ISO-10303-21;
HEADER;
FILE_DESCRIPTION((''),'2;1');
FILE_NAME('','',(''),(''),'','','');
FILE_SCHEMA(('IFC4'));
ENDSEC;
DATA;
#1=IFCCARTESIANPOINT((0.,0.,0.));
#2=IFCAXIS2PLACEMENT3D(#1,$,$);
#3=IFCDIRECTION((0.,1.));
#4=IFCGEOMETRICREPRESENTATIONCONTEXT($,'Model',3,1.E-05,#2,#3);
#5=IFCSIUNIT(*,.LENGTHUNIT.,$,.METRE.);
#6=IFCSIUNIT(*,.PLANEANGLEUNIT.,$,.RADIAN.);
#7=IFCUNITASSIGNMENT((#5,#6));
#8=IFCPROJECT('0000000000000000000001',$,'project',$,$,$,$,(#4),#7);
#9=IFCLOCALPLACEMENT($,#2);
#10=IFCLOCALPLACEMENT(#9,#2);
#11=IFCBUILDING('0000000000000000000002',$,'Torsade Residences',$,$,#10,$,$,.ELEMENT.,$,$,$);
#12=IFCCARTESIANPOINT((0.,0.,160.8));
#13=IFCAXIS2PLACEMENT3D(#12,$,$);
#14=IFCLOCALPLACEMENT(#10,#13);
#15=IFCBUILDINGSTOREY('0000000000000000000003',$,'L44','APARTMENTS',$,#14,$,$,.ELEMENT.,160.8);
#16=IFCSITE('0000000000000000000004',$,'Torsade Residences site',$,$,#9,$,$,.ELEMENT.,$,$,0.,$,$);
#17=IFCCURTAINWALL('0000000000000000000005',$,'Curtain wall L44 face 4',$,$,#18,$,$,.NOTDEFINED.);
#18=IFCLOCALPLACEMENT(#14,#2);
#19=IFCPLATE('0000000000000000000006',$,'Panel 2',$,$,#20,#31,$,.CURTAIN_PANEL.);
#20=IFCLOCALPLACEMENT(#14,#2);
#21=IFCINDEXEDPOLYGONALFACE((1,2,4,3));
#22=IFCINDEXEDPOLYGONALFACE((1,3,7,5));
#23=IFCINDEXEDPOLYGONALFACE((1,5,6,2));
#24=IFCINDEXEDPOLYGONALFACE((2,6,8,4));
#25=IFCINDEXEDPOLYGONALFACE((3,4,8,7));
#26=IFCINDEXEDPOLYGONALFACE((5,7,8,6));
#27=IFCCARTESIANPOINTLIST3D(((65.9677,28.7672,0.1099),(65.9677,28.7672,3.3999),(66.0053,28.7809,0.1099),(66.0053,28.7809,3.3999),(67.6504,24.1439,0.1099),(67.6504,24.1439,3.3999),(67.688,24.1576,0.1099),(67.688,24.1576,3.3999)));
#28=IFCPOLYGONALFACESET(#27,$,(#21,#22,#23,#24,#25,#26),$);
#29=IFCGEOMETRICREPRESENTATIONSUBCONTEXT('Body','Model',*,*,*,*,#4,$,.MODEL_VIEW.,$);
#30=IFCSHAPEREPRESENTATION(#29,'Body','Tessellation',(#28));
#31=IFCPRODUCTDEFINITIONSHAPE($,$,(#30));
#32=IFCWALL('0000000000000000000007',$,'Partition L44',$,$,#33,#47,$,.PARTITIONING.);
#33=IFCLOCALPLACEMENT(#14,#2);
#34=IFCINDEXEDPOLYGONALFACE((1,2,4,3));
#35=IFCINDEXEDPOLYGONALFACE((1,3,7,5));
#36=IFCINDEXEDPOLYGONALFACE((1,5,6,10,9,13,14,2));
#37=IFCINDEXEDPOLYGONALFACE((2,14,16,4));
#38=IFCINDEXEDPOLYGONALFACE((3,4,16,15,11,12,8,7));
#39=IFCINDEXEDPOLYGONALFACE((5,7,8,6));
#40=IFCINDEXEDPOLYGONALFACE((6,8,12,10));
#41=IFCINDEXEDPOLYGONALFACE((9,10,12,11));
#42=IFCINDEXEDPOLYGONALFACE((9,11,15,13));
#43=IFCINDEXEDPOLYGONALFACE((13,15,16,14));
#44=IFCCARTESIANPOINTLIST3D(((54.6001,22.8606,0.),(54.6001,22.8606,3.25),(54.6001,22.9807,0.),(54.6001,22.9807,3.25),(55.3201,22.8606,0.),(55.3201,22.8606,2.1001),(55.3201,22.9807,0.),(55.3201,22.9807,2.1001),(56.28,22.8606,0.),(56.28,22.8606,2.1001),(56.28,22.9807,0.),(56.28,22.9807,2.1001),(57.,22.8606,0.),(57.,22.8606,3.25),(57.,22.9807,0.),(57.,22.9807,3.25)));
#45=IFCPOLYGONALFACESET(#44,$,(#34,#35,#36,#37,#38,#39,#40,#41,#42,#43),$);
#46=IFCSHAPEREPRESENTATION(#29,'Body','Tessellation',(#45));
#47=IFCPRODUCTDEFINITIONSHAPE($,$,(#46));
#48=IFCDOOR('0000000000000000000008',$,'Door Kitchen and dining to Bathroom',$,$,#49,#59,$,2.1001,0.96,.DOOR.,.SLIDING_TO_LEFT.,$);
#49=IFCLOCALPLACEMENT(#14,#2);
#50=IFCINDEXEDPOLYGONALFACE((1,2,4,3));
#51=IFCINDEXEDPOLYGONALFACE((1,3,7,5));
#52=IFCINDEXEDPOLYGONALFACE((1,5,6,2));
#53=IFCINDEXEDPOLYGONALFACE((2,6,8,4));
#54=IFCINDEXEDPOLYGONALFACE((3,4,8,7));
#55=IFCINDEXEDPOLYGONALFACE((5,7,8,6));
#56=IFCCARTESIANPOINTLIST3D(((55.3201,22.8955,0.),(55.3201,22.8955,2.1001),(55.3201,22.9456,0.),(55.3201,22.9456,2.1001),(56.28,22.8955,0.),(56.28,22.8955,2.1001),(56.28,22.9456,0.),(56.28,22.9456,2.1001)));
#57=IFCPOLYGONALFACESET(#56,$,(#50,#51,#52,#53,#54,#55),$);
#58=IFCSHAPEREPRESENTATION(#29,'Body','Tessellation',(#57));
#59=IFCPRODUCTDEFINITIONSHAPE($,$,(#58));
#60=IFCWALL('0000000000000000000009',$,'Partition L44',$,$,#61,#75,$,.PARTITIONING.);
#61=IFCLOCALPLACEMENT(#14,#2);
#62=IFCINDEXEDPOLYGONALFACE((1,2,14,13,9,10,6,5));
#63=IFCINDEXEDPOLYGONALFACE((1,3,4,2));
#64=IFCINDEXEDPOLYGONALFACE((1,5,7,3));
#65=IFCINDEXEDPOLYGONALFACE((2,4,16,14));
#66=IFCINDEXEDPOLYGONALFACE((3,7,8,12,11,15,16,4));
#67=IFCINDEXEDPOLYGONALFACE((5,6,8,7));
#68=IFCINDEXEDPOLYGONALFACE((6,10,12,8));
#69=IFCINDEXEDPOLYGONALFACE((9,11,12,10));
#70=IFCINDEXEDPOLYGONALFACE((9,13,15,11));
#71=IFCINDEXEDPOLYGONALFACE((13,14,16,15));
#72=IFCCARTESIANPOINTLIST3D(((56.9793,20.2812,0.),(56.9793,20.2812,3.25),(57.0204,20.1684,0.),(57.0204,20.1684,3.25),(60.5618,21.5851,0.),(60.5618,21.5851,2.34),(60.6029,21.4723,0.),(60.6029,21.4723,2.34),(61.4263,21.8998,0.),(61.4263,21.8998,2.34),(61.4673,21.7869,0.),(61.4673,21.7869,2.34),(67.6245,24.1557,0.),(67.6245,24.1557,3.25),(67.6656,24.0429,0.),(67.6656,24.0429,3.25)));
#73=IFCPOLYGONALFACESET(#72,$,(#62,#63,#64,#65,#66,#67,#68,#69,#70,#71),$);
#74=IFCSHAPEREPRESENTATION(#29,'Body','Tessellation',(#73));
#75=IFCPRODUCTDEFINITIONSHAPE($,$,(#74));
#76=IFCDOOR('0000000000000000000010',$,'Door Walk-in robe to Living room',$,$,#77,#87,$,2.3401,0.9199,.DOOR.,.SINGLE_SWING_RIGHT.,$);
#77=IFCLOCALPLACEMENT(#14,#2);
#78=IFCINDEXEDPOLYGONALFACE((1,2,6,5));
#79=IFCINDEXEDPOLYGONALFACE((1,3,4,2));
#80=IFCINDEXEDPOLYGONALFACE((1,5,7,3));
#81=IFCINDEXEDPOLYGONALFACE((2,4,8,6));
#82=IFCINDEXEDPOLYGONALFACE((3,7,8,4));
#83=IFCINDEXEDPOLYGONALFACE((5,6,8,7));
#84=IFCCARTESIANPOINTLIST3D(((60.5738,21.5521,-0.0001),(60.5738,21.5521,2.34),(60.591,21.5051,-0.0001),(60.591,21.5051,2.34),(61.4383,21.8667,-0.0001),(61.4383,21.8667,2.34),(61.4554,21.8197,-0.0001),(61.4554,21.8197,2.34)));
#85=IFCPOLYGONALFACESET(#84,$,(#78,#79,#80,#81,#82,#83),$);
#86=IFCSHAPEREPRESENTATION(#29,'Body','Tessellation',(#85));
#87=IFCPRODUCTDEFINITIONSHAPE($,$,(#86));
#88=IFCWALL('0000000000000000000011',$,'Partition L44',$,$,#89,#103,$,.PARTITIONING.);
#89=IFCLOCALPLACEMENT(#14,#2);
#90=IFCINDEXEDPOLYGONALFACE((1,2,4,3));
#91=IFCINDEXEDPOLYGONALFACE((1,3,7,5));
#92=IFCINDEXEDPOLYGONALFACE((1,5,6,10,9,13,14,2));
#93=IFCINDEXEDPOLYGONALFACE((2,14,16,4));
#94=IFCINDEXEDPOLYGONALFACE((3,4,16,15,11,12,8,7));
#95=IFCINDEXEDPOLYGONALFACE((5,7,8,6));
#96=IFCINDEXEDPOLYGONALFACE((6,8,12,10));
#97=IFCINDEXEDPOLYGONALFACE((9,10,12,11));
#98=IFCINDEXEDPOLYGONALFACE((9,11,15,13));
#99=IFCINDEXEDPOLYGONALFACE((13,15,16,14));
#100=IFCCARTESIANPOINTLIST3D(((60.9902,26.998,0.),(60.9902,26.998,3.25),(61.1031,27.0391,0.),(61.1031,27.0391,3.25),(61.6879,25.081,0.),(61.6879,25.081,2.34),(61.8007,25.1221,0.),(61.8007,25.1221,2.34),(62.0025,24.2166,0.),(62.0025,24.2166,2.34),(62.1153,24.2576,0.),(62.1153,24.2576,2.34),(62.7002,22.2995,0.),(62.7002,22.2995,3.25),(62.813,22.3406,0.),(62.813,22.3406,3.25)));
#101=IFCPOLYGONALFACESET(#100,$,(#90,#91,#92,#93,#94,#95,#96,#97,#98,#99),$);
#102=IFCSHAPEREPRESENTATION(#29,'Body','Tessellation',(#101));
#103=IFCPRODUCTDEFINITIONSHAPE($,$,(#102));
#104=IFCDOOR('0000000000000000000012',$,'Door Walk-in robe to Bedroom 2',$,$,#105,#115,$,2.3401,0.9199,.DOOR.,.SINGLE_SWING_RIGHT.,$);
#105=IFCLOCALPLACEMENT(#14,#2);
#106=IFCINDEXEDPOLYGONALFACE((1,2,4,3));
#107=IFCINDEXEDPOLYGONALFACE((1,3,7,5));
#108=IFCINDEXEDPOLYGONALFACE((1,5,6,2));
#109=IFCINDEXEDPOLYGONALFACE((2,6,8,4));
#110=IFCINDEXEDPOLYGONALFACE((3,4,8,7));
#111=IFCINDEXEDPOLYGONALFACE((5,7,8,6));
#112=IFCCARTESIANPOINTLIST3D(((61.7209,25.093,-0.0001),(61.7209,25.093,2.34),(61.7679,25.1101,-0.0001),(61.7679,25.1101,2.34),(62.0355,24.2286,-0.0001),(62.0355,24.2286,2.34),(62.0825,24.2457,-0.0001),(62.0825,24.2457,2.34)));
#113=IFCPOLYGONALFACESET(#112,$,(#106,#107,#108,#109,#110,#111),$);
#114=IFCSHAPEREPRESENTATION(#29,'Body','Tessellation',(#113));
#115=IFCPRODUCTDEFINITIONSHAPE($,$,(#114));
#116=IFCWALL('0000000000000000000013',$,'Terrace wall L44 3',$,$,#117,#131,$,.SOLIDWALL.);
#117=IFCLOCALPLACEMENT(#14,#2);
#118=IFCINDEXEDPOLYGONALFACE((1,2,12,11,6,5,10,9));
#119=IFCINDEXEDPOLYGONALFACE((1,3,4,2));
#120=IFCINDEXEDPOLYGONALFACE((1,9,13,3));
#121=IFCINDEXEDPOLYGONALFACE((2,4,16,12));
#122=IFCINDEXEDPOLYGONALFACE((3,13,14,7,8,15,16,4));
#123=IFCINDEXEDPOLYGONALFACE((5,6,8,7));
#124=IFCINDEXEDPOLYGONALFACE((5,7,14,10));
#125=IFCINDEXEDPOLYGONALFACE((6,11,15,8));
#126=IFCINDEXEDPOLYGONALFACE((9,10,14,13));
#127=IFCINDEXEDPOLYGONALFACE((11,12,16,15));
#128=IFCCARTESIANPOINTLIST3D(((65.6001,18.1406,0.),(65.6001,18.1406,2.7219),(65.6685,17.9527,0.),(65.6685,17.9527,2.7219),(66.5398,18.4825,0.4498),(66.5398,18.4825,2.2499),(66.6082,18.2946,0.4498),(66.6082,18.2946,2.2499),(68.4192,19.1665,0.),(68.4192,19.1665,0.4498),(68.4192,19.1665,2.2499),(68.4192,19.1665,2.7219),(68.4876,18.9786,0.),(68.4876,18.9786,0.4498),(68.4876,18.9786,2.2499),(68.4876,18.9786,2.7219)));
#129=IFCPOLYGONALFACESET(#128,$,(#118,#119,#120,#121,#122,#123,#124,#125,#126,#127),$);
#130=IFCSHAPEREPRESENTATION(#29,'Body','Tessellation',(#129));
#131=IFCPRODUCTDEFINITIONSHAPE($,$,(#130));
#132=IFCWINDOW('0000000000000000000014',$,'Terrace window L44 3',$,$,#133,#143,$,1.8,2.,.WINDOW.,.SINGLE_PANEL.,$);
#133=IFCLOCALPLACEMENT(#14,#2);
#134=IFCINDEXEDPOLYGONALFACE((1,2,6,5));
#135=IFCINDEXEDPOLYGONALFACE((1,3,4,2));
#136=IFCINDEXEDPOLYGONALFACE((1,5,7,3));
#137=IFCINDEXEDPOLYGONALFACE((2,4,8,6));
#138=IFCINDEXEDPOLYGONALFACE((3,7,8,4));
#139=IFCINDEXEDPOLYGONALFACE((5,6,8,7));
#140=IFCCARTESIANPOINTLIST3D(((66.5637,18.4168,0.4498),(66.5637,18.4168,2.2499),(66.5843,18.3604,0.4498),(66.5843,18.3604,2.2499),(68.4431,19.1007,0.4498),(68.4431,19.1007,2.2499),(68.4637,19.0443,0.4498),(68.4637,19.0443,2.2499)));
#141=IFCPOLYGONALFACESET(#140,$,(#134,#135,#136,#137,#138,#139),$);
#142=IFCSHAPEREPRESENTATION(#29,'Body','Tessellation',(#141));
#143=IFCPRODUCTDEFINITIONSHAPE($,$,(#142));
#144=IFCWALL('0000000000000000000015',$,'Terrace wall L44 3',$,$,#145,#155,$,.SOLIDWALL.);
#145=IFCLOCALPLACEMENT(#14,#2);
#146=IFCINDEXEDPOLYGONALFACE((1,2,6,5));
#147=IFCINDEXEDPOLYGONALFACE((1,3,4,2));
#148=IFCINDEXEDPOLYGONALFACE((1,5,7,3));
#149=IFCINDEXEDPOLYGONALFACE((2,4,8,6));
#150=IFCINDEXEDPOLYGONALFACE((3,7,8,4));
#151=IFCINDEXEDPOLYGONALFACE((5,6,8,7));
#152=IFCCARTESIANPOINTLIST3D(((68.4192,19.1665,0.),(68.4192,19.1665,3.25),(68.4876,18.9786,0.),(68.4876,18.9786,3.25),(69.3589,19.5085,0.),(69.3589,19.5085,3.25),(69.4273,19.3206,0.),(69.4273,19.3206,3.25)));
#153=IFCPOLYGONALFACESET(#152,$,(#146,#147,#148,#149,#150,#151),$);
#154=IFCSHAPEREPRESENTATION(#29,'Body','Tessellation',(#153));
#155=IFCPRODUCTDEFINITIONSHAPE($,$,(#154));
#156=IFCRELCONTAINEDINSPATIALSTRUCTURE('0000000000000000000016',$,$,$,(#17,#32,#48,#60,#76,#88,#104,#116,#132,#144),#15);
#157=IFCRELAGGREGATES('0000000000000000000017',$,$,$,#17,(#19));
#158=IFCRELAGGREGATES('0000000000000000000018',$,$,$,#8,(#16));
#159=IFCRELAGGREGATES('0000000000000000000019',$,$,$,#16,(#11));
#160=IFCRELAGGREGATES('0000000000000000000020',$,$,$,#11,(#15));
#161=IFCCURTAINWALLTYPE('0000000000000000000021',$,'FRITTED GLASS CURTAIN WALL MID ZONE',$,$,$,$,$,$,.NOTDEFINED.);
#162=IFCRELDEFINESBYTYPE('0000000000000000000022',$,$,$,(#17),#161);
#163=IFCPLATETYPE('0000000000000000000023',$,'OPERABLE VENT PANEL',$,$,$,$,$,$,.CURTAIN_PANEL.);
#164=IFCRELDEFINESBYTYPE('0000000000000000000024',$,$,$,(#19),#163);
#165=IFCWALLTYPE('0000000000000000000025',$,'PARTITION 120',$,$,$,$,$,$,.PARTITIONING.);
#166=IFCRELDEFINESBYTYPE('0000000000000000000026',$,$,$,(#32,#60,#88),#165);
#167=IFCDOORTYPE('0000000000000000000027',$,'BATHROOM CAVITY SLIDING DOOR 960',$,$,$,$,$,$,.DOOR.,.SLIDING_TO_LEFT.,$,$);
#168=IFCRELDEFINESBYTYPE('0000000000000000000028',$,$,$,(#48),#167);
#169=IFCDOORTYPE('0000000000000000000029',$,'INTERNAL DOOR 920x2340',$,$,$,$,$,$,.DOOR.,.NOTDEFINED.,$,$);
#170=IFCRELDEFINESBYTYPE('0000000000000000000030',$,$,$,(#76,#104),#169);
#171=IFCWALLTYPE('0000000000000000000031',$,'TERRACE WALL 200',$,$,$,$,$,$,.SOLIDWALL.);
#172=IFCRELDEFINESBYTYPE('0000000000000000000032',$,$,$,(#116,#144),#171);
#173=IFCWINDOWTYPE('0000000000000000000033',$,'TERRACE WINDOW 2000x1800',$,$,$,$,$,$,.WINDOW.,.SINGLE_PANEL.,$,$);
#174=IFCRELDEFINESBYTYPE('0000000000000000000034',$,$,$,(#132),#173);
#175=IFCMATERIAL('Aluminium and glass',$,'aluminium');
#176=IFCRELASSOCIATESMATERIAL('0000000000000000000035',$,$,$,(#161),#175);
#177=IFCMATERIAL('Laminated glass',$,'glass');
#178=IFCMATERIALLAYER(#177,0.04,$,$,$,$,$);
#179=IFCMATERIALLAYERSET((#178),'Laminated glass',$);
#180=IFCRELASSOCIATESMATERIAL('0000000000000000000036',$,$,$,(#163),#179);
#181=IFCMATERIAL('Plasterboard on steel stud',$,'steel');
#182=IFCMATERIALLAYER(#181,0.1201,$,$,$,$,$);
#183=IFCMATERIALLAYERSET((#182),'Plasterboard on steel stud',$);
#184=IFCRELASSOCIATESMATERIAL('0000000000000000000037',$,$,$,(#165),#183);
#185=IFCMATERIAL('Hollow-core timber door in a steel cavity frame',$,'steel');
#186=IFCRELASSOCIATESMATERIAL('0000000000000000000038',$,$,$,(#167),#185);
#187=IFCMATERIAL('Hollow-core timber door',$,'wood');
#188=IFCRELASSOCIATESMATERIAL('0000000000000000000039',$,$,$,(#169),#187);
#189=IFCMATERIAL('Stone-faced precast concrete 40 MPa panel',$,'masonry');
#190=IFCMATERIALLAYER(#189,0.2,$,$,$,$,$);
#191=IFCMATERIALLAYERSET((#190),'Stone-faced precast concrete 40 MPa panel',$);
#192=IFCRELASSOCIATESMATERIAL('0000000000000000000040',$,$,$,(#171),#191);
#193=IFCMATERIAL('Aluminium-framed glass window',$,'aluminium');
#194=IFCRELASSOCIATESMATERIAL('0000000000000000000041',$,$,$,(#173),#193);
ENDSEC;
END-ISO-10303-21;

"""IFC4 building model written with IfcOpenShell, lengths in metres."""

from ifc_helpers import new_model, si_unit, direction, frame, frame_2d, origin, origin_2d, place, context, subcontext, project, spatial, rectangle, extrude, material, layer, layer_set, type_object, element, fill, aggregate, save


model = new_model("IFC4")

# Units and contexts
model_context = context("Model", 3, precision=1e-05, world=origin(), true_north=direction((0.0, 1.0)))
body_context = subcontext(model_context, "Body", "Model", "MODEL_VIEW")
ifc_project = project(units=[si_unit("LENGTHUNIT", "METRE"), si_unit("PLANEANGLEUNIT", "RADIAN")], contexts=[model_context])

# Site, building, storey
site_placement = place(None, origin())
site = spatial("IfcSite", under=ifc_project, at=site_placement, Name="Torsade Residences site", CompositionType="ELEMENT", RefElevation=0.0)
building_placement = place(site_placement, origin())
building = spatial("IfcBuilding", under=site, at=building_placement, Name="Torsade Residences", CompositionType="ELEMENT")
storey_placement = place(building_placement, frame((0.0, 0.0, 160.8)))
storey = spatial("IfcBuildingStorey", under=building, at=storey_placement, Name="L44", Description="APARTMENTS", CompositionType="ELEMENT", Elevation=160.8)

# Curtain wall
ifc_material_1 = material(Name="Aluminium and glass", Category="aluminium")
curtain_wall_type = type_object("IfcCurtainWallType", Name="FRITTED GLASS CURTAIN WALL MID ZONE", PredefinedType="NOTDEFINED", material=ifc_material_1)
curtain_wall_placement = place(storey_placement, origin())
curtain_wall = element("IfcCurtainWall", 1, at=curtain_wall_placement, inside=storey, type_object=curtain_wall_type, Name="Curtain wall L44 face 4", PredefinedType="NOTDEFINED")

# Plate
ifc_material_2 = material(Name="Laminated glass", Category="glass")
ifc_layer_1 = layer(ifc_material_2, 0.04)
ifc_layer_set_1 = layer_set([ifc_layer_1], Name="Laminated glass")
plate_type_1 = type_object("IfcPlateType", Name="OPERABLE VENT PANEL", PredefinedType="CURTAIN_PANEL", material=ifc_layer_set_1)
plate_1_placement = place(storey_placement, frame((66.8279, 26.4624, 0.1099), z_axis=(0.0, 0.0, 1.0), x_axis=(-0.34202, 0.939693, 0.0)))
plate_1 = element("IfcPlate", 2, at=plate_1_placement, type_object=plate_type_1, Name="Panel 2", PredefinedType="CURTAIN_PANEL", context=body_context, shape_type="SweptSolid", body=[
    extrude(rectangle(XDim=4.9199, YDim=0.04, at=origin_2d()), origin(), (0.0, 0.0, 1.0), 3.29),
])
aggregate(curtain_wall, [plate_1])

# Walls, openings, doors
ifc_material_3 = material(Name="Plasterboard on steel stud", Category="steel")
ifc_layer_2 = layer(ifc_material_3, 0.1201)
ifc_layer_set_2 = layer_set([ifc_layer_2], Name="Plasterboard on steel stud")
wall_type_1 = type_object("IfcWallType", Name="PARTITION 120", PredefinedType="PARTITIONING", material=ifc_layer_set_2)
wall_1_placement = place(storey_placement, frame((54.6001, 22.9207, 0.0), z_axis=(0.0, 0.0, 1.0), x_axis=(1.0, 0.0, 0.0)))
wall_1 = element("IfcWall", 3, at=wall_1_placement, inside=storey, type_object=wall_type_1, Name="Partition L44", PredefinedType="PARTITIONING", context=body_context, shape_type="SweptSolid", body=[
    extrude(rectangle(XDim=2.3999, YDim=0.1201, at=frame_2d((1.2, 0.0))), origin(), (0.0, 0.0, 1.0), 3.25),
])
opening_1_placement = place(wall_1_placement, frame((0.72, 0.0, 0.0)))
opening_1 = element("IfcOpeningElement", 4, at=opening_1_placement, cuts=wall_1, PredefinedType="OPENING", context=body_context, shape_type="SweptSolid", body=[
    extrude(rectangle(XDim=0.96, YDim=2.1001, at=frame_2d((0.48, 1.05))), frame((0.0, 0.0701, 0.0), z_axis=(0.0, -1.0, 0.0), x_axis=(1.0, 0.0, 0.0)), (0.0, 0.0, 1.0), 0.1401),
])
ifc_material_4 = material(Name="Hollow-core timber door in a steel cavity frame", Category="steel")
door_type_1 = type_object("IfcDoorType", Name="BATHROOM CAVITY SLIDING DOOR 960", OperationType="SLIDING_TO_LEFT", PredefinedType="DOOR", material=ifc_material_4)
door_1_placement = place(opening_1_placement, origin())
door_1 = element("IfcDoor", 5, at=door_1_placement, inside=storey, type_object=door_type_1, Name="Door Kitchen and dining to Bathroom", OperationType="SLIDING_TO_LEFT", OverallHeight=2.1001, OverallWidth=0.96, PredefinedType="DOOR", context=body_context, shape_type="SweptSolid", body=[
    extrude(rectangle(XDim=0.96, YDim=2.1001, at=frame_2d((0.48, 1.05))), frame((0.0, 0.0249, 0.0), z_axis=(0.0, -1.0, 0.0), x_axis=(1.0, 0.0, 0.0)), (0.0, 0.0, 1.0), 0.05),
])
fill(opening_1, door_1)
wall_2_placement = place(storey_placement, frame((57.0, 20.2249, 0.0), z_axis=(0.0, 0.0, 1.0), x_axis=(0.939694, 0.342016, 0.0)))
wall_2 = element("IfcWall", 6, at=wall_2_placement, inside=storey, type_object=wall_type_1, Name="Partition L44", PredefinedType="PARTITIONING", context=body_context, shape_type="SweptSolid", body=[
    extrude(rectangle(XDim=11.3284, YDim=0.1201, at=frame_2d((5.6641, 0.0))), origin(), (0.0, 0.0, 1.0), 3.25),
])
opening_2_placement = place(wall_2_placement, frame((3.8123, 0.0, 0.0)))
opening_2 = element("IfcOpeningElement", 7, at=opening_2_placement, cuts=wall_2, PredefinedType="OPENING", context=body_context, shape_type="SweptSolid", body=[
    extrude(rectangle(XDim=0.9199, YDim=2.3401, at=frame_2d((0.46, 1.1699))), frame((0.0, 0.0701, 0.0), z_axis=(0.0, -1.0, 0.0), x_axis=(1.0, 0.0, 0.0)), (0.0, 0.0, 1.0), 0.1401),
])
ifc_material_5 = material(Name="Hollow-core timber door", Category="wood")
door_type_2 = type_object("IfcDoorType", Name="INTERNAL DOOR 920x2340", OperationType="NOTDEFINED", PredefinedType="DOOR", material=ifc_material_5)
door_2_placement = place(opening_2_placement, origin())
door_2 = element("IfcDoor", 8, at=door_2_placement, inside=storey, type_object=door_type_2, Name="Door Walk-in robe to Living room", OperationType="SINGLE_SWING_RIGHT", OverallHeight=2.3401, OverallWidth=0.9199, PredefinedType="DOOR", context=body_context, shape_type="SweptSolid", body=[
    extrude(rectangle(XDim=0.9199, YDim=2.3401, at=frame_2d((0.46, 1.1699))), frame((0.0, 0.0249, 0.0), z_axis=(0.0, -1.0, 0.0), x_axis=(1.0, 0.0, 0.0)), (0.0, 0.0, 1.0), 0.05),
])
fill(opening_2, door_2)
wall_3_placement = place(storey_placement, frame((62.7566, 22.3201, 0.0), z_axis=(0.0, 0.0, 1.0), x_axis=(-0.341994, 0.939702, 0.0)))
wall_3 = element("IfcWall", 9, at=wall_3_placement, inside=storey, type_object=wall_type_1, Name="Partition L44", PredefinedType="PARTITIONING", context=body_context, shape_type="SweptSolid", body=[
    extrude(rectangle(XDim=5.0, YDim=0.1201, at=frame_2d((2.5, 0.0))), origin(), (0.0, 0.0, 1.0), 3.25),
])
opening_3_placement = place(wall_3_placement, frame((2.04, 0.0, 0.0)))
opening_3 = element("IfcOpeningElement", 10, at=opening_3_placement, cuts=wall_3, PredefinedType="OPENING", context=body_context, shape_type="SweptSolid", body=[
    extrude(rectangle(XDim=0.9199, YDim=2.3401, at=frame_2d((0.46, 1.1699))), frame((0.0, 0.0701, 0.0), z_axis=(0.0, -1.0, 0.0), x_axis=(1.0, 0.0, 0.0)), (0.0, 0.0, 1.0), 0.1401),
])
door_3_placement = place(opening_3_placement, origin())
door_3 = element("IfcDoor", 11, at=door_3_placement, inside=storey, type_object=door_type_2, Name="Door Walk-in robe to Bedroom 2", OperationType="SINGLE_SWING_RIGHT", OverallHeight=2.3401, OverallWidth=0.9199, PredefinedType="DOOR", context=body_context, shape_type="SweptSolid", body=[
    extrude(rectangle(XDim=0.9199, YDim=2.3401, at=frame_2d((0.46, 1.1699))), frame((0.0, 0.0249, 0.0), z_axis=(0.0, -1.0, 0.0), x_axis=(1.0, 0.0, 0.0)), (0.0, 0.0, 1.0), 0.05),
])
fill(opening_3, door_3)

# Wall, opening, window
ifc_material_6 = material(Name="Stone-faced precast concrete 40 MPa panel", Category="masonry")
ifc_layer_3 = layer(ifc_material_6, 0.2)
ifc_layer_set_3 = layer_set([ifc_layer_3], Name="Stone-faced precast concrete 40 MPa panel")
wall_type_2 = type_object("IfcWallType", Name="TERRACE WALL 200", PredefinedType="SOLIDWALL", material=ifc_layer_set_3)
wall_4_placement = place(storey_placement, frame((65.6343, 18.0466, 0.0), z_axis=(0.0, 0.0, 1.0), x_axis=(0.939713, 0.341965, 0.0)))
wall_4 = element("IfcWall", 12, at=wall_4_placement, inside=storey, type_object=wall_type_2, Name="Terrace wall L44 3", PredefinedType="SOLIDWALL", context=body_context, shape_type="SweptSolid", body=[
    extrude(rectangle(XDim=3.0, YDim=0.2, at=frame_2d((1.5, 0.0))), origin(), (0.0, 0.0, 1.0), 2.7219),
])
opening_4_placement = place(wall_4_placement, frame((1.0, 0.0, 0.45)))
opening_4 = element("IfcOpeningElement", 13, at=opening_4_placement, cuts=wall_4, PredefinedType="OPENING", context=body_context, shape_type="SweptSolid", body=[
    extrude(rectangle(XDim=2.0, YDim=1.8, at=frame_2d((1.0, 0.8999))), frame((0.0, 0.1099, 0.0), z_axis=(0.0, -1.0, 0.0), x_axis=(1.0, 0.0, 0.0)), (0.0, 0.0, 1.0), 0.22),
])
ifc_material_7 = material(Name="Aluminium-framed glass window", Category="aluminium")
window_type = type_object("IfcWindowType", Name="TERRACE WINDOW 2000x1800", PartitioningType="SINGLE_PANEL", PredefinedType="WINDOW", material=ifc_material_7)
window_placement = place(opening_4_placement, origin())
window = element("IfcWindow", 14, at=window_placement, inside=storey, type_object=window_type, Name="Terrace window L44 3", OverallHeight=1.8, OverallWidth=2.0, PartitioningType="SINGLE_PANEL", PredefinedType="WINDOW", context=body_context, shape_type="SweptSolid", body=[
    extrude(rectangle(XDim=2.0, YDim=1.8, at=frame_2d((1.0, 0.8999))), frame((0.0, 0.03, 0.0), z_axis=(0.0, -1.0, 0.0), x_axis=(1.0, 0.0, 0.0)), (0.0, 0.0, 1.0), 0.0601),
])
fill(opening_4, window)

# Wall
wall_5_placement = place(storey_placement, frame((68.4534, 19.0725, 0.0), z_axis=(0.0, 0.0, 1.0), x_axis=(0.939686, 0.342037, 0.0)))
element("IfcWall", 15, at=wall_5_placement, inside=storey, type_object=wall_type_2, Name="Terrace wall L44 3", PredefinedType="SOLIDWALL", context=body_context, shape_type="SweptSolid", body=[
    extrude(rectangle(XDim=1.0, YDim=0.2, at=frame_2d((0.5, 0.0))), origin(), (0.0, 0.0, 1.0), 3.25),
])

save(model, "model.ifc")
